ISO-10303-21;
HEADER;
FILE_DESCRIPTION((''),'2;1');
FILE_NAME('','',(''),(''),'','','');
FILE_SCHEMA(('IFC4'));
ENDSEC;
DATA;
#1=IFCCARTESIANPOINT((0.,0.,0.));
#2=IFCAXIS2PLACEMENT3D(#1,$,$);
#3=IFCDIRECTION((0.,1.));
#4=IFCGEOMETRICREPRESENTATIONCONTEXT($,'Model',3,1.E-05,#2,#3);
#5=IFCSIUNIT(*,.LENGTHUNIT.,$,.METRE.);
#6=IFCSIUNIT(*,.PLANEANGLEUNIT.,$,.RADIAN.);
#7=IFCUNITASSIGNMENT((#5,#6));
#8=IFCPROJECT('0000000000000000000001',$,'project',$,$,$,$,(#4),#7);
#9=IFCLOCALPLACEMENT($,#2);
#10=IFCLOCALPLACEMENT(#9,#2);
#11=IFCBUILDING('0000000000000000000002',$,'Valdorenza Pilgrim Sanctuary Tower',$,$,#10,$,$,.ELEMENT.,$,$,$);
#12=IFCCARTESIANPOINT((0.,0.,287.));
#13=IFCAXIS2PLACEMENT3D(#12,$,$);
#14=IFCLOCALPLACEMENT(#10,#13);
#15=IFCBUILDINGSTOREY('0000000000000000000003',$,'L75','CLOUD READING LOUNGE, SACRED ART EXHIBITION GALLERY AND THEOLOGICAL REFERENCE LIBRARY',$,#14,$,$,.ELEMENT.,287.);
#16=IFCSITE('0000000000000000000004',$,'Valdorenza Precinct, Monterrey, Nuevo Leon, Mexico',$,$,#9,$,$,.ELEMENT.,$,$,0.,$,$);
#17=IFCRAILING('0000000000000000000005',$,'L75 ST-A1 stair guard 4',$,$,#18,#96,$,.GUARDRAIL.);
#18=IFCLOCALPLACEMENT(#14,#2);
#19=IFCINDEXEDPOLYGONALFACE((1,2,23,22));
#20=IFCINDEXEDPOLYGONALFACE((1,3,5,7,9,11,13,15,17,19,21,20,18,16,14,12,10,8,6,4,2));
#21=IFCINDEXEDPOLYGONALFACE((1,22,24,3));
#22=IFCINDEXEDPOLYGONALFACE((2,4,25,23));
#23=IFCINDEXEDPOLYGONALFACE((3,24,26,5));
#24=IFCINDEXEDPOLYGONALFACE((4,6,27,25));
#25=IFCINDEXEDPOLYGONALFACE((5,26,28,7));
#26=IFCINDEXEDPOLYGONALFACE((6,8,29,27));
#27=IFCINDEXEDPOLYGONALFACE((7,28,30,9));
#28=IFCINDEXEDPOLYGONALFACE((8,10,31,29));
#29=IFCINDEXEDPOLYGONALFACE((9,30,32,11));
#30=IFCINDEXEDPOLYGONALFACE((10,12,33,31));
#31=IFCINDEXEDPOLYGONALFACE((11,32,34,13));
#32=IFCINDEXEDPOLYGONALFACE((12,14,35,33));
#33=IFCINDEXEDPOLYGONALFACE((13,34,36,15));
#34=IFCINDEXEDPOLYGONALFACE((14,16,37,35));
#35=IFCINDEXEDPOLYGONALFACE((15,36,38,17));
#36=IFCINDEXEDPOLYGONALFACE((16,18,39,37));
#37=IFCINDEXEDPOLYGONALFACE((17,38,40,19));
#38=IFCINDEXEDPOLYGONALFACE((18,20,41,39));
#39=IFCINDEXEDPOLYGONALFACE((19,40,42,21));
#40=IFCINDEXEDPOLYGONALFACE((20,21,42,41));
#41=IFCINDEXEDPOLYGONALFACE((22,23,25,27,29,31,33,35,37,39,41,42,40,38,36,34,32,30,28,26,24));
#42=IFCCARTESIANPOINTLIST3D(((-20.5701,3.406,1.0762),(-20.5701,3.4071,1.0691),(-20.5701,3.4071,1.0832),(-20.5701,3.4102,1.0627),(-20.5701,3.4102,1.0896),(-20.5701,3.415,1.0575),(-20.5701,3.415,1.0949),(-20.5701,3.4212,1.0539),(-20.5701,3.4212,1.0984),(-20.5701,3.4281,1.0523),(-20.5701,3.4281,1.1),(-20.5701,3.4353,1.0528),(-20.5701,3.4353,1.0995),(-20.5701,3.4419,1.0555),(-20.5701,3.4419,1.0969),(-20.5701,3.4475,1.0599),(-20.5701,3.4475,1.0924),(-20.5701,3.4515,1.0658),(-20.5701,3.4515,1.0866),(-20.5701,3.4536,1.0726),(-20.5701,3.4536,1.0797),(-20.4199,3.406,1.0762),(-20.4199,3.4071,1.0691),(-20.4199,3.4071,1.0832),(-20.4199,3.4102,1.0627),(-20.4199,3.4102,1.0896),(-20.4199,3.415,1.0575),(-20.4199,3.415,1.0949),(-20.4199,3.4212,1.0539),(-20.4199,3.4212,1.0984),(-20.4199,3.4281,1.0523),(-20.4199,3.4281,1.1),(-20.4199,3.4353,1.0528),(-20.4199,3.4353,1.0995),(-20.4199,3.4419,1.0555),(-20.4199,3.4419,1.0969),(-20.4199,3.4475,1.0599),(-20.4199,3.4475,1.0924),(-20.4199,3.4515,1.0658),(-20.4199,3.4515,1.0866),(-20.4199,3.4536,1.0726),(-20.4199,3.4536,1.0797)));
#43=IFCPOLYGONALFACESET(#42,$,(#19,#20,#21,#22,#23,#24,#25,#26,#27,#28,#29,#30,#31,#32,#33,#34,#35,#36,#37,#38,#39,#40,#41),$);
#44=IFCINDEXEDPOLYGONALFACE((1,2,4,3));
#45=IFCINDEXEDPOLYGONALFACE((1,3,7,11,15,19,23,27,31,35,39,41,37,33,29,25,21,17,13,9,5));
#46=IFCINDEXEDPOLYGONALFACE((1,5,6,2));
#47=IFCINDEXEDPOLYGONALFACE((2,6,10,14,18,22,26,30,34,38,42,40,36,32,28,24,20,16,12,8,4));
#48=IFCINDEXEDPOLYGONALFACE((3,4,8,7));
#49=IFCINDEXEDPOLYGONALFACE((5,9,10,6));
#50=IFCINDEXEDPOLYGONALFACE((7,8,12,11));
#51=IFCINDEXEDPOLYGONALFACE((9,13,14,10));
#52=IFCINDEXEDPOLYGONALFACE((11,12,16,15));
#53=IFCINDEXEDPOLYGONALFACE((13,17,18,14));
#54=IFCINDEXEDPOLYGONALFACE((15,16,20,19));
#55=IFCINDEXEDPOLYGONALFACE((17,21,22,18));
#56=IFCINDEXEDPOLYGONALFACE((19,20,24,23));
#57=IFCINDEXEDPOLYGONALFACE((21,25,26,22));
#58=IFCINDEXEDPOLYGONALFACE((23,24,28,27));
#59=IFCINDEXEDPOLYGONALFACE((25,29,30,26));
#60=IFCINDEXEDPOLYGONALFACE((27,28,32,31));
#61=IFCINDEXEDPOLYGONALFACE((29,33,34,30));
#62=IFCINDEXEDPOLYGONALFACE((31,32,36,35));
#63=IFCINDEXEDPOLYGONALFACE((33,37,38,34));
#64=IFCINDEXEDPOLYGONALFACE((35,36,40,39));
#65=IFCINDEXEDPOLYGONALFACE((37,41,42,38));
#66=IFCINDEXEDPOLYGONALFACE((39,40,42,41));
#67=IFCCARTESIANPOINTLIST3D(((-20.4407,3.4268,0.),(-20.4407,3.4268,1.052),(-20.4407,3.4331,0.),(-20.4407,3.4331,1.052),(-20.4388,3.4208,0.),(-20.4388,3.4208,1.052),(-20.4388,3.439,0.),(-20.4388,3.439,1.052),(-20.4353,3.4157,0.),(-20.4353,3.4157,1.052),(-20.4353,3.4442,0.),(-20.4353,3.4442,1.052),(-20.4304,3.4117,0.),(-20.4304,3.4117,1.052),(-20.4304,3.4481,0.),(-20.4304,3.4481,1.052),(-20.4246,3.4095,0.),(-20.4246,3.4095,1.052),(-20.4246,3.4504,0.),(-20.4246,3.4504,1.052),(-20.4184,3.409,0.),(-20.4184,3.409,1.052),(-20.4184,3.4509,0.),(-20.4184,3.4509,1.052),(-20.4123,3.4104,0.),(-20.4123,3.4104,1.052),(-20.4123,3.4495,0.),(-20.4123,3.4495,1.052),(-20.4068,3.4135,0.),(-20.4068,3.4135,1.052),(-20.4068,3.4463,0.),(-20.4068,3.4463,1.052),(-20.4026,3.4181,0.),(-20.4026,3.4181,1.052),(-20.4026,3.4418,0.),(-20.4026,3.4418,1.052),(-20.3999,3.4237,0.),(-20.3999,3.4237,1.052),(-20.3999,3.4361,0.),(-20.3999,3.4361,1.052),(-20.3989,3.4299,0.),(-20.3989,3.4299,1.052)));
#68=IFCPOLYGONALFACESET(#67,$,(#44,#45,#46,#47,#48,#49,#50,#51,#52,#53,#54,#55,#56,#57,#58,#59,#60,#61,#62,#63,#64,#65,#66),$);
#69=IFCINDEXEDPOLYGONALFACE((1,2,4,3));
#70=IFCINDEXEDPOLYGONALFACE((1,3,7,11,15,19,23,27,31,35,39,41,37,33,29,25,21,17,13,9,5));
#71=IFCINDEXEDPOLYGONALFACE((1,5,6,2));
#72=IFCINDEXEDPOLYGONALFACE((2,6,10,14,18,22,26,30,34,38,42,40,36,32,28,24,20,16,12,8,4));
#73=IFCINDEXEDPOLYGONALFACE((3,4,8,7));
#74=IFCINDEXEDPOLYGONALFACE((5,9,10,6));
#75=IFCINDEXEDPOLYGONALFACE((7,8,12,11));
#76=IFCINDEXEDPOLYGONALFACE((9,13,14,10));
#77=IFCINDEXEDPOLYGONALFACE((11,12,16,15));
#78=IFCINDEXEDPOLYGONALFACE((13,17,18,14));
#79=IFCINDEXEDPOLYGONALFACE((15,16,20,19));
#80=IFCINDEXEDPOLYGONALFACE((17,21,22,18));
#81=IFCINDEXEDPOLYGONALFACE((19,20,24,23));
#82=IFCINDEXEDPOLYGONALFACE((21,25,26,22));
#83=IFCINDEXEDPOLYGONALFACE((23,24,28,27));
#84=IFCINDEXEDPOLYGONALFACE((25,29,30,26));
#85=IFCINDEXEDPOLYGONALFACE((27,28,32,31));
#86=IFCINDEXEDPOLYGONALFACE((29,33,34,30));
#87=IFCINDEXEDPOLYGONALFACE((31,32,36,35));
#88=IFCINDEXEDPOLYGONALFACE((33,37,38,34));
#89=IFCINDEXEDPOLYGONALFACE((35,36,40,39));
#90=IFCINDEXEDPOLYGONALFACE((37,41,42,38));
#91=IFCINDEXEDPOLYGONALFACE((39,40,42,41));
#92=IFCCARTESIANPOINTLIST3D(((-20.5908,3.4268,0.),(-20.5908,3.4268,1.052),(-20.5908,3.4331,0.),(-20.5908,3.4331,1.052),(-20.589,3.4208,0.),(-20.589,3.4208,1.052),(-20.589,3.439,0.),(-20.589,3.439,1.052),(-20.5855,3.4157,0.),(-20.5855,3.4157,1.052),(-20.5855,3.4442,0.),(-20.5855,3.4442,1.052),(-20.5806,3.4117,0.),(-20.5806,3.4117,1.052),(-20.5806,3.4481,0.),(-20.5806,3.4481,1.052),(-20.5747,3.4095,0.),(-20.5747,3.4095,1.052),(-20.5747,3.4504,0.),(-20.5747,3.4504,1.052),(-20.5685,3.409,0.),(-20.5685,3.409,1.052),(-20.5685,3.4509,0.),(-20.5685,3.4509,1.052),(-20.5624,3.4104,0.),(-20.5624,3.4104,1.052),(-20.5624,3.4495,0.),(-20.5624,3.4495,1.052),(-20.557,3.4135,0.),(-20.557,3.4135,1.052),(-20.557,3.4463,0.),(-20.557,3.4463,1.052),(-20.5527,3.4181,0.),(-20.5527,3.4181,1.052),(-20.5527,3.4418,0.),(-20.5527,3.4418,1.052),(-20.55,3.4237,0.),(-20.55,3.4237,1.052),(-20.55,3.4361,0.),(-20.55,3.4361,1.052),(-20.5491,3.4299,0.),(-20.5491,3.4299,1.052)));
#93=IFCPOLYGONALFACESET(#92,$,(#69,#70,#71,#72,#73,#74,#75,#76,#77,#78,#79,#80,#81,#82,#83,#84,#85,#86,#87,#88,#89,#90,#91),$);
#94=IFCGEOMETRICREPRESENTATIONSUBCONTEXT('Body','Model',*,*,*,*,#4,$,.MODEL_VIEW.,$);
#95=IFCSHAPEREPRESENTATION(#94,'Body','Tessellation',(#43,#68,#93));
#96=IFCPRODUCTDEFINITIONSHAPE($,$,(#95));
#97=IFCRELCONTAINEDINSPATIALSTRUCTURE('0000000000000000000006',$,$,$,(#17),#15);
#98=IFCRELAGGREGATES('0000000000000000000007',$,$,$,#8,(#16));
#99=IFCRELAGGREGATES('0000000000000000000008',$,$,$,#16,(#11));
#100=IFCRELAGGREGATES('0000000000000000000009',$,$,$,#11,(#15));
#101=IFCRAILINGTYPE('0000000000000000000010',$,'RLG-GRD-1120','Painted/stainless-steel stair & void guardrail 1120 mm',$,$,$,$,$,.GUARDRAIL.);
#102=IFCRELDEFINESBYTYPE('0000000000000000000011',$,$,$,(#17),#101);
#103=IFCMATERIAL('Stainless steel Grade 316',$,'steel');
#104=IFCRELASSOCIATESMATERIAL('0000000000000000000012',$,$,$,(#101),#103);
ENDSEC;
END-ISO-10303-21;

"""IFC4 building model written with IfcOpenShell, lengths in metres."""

from ifc_helpers import new_model, si_unit, direction, frame, origin, origin_2d, place, context, subcontext, project, spatial, circle, extrude, material, type_object, element, save


model = new_model("IFC4")

# Units and contexts
model_context = context("Model", 3, precision=1e-05, world=origin(), true_north=direction((0.0, 1.0)))
body_context = subcontext(model_context, "Body", "Model", "MODEL_VIEW")
ifc_project = project(units=[si_unit("LENGTHUNIT", "METRE"), si_unit("PLANEANGLEUNIT", "RADIAN")], contexts=[model_context])

# Site, building, storey
site_placement = place(None, origin())
site = spatial("IfcSite", under=ifc_project, at=site_placement, Name="Valdorenza Precinct, Monterrey, Nuevo Leon, Mexico", CompositionType="ELEMENT", RefElevation=0.0)
building_placement = place(site_placement, origin())
building = spatial("IfcBuilding", under=site, at=building_placement, Name="Valdorenza Pilgrim Sanctuary Tower", CompositionType="ELEMENT")
storey_placement = place(building_placement, frame((0.0, 0.0, 287.0)))
storey = spatial("IfcBuildingStorey", under=building, at=storey_placement, Name="L75", Description="CLOUD READING LOUNGE, SACRED ART EXHIBITION GALLERY AND THEOLOGICAL REFERENCE LIBRARY", CompositionType="ELEMENT", Elevation=287.0)

# Railing
ifc_material_1 = material(Name="Stainless steel Grade 316", Category="steel")
railing_type_1 = type_object("IfcRailingType", Name="RLG-GRD-1120", Description="Painted/stainless-steel stair & void guardrail 1120 mm", PredefinedType="GUARDRAIL", material=ifc_material_1)
railing_1_placement = place(storey_placement, frame((-20.4199, 3.4299, 0.0)))
element("IfcRailing", 1, at=railing_1_placement, inside=storey, type_object=railing_type_1, Name="L75 ST-A1 stair guard 4", PredefinedType="GUARDRAIL", context=body_context, shape_type="SweptSolid", body=[
    extrude(circle(Radius=0.0239, at=origin_2d()), frame((0.0, 0.0, 1.0762), z_axis=(-1.0, 0.0, 0.0), x_axis=(0.0, -1.0, 0.0)), (0.0, 0.0, 1.0), 0.1501),
    extrude(circle(Radius=0.021, at=origin_2d()), origin(), (0.0, 0.0, 1.0), 1.052),
    extrude(circle(Radius=0.021, at=origin_2d()), frame((-0.1501, 0.0, 0.0)), (0.0, 0.0, 1.0), 1.052),
])

save(model, "model.ifc")
